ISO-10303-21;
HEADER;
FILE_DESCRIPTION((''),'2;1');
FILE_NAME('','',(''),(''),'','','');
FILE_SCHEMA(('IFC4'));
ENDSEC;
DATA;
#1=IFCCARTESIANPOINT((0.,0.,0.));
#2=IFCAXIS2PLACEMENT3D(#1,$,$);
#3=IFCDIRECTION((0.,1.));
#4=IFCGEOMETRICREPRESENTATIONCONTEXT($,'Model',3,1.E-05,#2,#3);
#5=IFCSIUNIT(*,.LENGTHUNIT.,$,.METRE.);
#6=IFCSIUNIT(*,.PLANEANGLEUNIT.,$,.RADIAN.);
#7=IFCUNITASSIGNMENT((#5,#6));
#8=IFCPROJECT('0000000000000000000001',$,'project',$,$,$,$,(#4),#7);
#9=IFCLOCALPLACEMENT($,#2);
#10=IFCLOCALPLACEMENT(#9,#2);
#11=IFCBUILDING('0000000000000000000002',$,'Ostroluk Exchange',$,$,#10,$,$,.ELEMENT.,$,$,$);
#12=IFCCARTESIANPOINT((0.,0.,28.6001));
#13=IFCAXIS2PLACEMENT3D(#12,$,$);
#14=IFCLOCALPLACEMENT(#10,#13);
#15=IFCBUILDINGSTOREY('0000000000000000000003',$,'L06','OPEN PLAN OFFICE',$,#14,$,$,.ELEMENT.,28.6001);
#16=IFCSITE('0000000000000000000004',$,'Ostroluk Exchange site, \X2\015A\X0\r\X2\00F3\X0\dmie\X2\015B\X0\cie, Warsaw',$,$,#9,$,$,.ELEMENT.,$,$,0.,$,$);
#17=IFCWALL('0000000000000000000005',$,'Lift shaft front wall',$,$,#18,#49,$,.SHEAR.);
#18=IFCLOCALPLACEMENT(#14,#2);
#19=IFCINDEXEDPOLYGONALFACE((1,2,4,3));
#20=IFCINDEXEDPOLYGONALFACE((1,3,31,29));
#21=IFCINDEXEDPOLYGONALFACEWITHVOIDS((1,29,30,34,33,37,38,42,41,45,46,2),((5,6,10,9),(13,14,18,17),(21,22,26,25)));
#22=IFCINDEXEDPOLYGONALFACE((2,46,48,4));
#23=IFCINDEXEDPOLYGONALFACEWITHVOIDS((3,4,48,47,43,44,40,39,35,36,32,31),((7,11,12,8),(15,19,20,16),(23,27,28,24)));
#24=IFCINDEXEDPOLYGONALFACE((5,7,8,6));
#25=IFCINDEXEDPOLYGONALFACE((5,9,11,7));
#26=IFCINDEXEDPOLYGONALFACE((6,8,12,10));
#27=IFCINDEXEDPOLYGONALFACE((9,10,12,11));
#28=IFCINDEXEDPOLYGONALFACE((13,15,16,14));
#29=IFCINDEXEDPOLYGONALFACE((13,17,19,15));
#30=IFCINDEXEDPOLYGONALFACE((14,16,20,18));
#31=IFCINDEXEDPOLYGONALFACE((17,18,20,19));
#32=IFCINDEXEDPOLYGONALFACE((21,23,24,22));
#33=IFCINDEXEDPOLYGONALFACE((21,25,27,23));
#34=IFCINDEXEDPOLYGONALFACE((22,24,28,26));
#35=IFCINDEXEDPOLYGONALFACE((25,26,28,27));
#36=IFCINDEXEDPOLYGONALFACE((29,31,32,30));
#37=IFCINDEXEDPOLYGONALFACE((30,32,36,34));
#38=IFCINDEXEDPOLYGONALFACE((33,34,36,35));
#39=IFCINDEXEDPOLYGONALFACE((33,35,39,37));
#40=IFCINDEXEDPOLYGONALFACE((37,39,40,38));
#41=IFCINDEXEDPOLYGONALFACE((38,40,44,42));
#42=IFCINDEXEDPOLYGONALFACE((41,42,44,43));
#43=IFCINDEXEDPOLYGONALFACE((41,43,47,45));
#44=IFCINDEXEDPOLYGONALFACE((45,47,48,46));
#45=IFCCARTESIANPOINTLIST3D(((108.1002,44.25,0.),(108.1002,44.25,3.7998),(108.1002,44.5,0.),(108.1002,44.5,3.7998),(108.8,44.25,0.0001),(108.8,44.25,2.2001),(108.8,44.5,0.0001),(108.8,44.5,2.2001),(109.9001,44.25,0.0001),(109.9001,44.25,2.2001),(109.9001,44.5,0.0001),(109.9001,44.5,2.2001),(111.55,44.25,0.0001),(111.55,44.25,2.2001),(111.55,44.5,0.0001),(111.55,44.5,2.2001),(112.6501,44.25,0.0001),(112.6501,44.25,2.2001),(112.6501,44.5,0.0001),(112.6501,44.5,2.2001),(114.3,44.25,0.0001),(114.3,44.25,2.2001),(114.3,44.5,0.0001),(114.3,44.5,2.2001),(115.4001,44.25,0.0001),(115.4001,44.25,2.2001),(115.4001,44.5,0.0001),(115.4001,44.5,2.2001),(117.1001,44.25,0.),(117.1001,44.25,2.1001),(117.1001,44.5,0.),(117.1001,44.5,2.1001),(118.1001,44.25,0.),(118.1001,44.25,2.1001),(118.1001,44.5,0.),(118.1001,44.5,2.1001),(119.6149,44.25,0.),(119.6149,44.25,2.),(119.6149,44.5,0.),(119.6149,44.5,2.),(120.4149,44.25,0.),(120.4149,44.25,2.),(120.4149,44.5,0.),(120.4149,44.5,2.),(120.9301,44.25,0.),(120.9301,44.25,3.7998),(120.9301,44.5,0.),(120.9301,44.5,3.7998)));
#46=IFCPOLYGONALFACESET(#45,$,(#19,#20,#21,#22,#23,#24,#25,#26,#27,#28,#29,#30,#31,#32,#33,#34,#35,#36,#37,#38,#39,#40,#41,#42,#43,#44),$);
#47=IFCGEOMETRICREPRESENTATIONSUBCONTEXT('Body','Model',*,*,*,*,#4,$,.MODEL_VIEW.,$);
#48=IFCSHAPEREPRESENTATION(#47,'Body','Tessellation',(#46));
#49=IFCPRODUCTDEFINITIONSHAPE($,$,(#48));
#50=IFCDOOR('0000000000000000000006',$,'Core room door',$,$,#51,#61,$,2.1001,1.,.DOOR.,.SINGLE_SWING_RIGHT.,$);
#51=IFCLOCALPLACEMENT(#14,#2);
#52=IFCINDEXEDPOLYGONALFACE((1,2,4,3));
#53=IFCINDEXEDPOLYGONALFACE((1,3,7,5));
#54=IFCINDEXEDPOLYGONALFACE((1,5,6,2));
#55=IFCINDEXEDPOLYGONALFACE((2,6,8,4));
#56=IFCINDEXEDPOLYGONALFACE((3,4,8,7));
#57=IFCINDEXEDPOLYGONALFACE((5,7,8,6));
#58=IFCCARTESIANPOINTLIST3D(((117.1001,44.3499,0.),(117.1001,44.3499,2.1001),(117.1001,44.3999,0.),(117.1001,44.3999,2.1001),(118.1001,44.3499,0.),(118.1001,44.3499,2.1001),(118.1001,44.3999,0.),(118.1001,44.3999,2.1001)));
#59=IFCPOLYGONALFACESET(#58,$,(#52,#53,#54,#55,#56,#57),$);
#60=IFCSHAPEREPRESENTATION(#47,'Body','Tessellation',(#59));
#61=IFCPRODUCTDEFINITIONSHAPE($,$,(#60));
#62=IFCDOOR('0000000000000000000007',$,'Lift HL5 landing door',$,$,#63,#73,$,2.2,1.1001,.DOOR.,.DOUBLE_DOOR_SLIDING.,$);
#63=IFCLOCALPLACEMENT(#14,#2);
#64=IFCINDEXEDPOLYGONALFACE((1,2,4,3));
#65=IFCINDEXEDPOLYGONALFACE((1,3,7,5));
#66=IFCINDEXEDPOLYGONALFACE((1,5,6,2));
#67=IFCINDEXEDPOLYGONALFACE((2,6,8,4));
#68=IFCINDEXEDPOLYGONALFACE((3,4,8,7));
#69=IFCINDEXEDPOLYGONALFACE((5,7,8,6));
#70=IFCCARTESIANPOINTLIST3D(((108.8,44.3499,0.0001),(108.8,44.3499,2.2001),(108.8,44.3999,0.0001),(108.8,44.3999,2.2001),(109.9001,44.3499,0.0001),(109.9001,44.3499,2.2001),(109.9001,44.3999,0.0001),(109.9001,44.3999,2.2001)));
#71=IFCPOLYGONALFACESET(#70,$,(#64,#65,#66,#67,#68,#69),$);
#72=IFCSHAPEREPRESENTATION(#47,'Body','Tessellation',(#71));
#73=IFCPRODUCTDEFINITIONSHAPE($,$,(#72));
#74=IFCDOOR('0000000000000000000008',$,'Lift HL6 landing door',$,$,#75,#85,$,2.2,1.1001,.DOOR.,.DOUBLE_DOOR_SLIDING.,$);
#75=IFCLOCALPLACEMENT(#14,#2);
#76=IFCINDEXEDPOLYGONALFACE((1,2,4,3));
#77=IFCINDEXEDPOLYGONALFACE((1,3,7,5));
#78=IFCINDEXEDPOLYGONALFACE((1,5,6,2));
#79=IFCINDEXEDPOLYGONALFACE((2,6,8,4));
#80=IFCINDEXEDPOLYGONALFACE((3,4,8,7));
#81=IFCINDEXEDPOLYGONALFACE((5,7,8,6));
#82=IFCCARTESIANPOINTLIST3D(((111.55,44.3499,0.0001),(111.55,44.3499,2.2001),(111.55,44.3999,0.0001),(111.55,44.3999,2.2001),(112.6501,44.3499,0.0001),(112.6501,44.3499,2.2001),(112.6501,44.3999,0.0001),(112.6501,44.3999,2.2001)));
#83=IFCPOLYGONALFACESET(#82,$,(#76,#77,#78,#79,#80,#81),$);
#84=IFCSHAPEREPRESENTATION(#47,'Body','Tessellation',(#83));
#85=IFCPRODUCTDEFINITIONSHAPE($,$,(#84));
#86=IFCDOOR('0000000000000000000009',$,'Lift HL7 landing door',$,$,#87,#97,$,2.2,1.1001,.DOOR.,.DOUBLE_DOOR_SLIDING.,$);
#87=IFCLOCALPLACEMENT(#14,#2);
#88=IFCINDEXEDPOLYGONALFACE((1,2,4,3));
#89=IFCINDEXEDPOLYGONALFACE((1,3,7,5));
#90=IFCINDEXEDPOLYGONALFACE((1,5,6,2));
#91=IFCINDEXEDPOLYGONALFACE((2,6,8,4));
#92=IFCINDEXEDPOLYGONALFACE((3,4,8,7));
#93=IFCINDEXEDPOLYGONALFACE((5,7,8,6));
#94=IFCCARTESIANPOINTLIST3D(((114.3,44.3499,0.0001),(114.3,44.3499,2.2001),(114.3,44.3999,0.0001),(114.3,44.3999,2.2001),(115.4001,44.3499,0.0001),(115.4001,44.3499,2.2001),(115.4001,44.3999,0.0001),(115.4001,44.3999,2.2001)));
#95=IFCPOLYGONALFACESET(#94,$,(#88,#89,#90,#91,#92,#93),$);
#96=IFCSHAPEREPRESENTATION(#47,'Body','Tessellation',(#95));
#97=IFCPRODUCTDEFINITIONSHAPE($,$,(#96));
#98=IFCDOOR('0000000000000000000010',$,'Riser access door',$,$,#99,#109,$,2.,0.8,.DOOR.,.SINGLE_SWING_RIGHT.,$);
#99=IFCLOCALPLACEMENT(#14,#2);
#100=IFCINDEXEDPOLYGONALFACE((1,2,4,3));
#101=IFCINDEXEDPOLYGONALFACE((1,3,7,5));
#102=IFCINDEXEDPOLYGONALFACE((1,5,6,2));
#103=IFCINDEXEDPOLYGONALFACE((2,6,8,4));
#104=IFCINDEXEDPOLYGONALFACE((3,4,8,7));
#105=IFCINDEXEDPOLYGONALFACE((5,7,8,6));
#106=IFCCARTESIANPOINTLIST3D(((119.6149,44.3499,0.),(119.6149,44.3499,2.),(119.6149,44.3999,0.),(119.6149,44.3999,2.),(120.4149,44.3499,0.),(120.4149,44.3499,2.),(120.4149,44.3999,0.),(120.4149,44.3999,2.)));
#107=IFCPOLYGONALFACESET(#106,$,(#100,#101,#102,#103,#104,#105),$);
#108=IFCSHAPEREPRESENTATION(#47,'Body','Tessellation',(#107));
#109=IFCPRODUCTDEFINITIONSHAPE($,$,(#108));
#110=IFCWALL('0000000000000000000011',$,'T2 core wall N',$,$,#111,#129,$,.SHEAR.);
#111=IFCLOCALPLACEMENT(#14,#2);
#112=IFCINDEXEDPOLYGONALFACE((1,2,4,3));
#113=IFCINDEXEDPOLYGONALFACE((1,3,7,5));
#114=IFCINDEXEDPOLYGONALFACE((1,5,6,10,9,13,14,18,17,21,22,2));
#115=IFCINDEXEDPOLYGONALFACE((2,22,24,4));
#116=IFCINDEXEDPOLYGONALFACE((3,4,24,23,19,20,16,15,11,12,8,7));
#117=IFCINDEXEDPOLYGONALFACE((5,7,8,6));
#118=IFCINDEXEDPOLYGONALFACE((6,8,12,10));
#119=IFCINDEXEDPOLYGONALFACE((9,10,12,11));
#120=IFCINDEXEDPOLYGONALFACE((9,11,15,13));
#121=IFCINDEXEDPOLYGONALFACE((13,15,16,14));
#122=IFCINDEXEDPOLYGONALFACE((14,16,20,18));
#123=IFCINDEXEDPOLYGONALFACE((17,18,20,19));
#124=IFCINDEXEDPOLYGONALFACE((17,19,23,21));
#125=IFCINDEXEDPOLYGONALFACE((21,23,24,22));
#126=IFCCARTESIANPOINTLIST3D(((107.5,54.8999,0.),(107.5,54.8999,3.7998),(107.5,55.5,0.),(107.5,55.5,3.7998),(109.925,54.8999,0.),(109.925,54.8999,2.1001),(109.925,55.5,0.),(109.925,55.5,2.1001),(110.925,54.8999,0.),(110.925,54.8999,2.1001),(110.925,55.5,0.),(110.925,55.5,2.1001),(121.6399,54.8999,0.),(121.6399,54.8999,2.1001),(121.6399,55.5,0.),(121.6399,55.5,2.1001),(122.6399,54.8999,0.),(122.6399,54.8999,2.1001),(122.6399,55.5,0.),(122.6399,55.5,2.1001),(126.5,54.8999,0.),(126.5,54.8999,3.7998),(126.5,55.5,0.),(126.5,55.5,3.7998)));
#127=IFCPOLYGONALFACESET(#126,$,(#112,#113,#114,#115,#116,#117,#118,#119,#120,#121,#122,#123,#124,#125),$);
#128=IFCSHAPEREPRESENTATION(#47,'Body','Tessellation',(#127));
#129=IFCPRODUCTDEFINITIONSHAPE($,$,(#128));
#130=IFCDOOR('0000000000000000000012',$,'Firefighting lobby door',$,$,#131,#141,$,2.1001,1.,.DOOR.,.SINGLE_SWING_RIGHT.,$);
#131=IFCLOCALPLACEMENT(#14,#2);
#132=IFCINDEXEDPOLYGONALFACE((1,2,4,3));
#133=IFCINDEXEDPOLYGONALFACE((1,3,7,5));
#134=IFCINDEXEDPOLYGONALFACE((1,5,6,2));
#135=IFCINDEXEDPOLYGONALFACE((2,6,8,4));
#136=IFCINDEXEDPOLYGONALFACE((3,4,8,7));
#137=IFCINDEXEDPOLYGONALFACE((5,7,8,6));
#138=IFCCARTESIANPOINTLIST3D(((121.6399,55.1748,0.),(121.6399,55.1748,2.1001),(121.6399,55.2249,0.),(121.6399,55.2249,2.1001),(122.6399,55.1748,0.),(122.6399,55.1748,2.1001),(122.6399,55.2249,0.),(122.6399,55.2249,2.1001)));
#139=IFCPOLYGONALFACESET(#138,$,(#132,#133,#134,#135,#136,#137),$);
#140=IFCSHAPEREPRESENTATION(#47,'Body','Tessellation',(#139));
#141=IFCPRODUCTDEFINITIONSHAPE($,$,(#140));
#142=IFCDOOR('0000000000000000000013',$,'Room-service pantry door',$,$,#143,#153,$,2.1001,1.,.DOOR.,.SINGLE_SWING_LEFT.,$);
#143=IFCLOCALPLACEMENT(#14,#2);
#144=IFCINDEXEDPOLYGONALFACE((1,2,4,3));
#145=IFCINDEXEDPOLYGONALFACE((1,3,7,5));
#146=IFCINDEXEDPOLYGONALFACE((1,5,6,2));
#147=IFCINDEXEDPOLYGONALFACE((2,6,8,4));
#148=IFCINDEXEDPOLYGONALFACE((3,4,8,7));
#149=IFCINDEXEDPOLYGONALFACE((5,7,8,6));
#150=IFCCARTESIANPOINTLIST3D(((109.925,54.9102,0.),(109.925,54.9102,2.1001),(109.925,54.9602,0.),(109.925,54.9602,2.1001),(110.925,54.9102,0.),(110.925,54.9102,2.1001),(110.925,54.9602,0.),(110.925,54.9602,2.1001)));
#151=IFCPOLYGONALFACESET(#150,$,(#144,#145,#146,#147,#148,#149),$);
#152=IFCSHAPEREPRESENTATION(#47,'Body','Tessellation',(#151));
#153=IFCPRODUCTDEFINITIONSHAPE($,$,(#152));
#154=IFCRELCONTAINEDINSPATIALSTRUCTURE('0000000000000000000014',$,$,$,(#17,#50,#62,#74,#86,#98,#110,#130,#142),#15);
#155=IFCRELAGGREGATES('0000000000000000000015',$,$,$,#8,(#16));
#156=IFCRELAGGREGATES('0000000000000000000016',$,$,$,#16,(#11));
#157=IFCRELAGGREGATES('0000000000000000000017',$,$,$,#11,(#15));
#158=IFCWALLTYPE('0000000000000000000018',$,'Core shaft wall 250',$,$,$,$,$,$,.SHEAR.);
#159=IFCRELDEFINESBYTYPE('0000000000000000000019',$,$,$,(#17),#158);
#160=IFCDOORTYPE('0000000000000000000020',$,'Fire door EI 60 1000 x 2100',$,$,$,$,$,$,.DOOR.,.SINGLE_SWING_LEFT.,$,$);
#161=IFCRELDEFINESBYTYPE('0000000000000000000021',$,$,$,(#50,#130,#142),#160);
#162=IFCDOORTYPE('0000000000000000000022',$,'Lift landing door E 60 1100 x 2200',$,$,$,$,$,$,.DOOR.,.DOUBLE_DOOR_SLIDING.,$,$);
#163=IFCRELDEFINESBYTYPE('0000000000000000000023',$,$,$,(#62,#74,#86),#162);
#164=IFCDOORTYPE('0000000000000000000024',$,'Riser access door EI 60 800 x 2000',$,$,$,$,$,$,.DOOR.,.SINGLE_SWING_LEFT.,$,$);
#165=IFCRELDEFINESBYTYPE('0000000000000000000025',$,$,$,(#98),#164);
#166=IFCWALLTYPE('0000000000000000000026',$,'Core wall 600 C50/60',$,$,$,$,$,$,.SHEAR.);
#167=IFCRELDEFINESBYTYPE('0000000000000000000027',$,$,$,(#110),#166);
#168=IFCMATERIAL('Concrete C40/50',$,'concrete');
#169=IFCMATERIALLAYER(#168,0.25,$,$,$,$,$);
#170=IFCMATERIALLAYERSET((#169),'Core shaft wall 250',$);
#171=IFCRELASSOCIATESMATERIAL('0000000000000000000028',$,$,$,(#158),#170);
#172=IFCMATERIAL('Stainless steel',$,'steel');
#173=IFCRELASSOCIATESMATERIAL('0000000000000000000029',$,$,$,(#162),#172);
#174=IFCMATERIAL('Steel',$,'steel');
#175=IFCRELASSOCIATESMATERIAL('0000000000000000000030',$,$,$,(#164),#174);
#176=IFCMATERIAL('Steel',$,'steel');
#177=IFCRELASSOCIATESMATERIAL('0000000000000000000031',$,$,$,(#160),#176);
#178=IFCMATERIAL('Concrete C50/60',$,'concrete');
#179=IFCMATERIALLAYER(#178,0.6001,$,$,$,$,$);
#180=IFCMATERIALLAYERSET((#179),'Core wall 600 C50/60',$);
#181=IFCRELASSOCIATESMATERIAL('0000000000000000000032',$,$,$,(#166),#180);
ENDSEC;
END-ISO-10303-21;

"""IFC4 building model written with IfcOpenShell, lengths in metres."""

from ifc_helpers import new_model, si_unit, direction, frame, frame_2d, origin, place, context, subcontext, project, spatial, rectangle, extrude, material, layer, layer_set, type_object, element, fill, save


model = new_model("IFC4")

# Units and contexts
model_context = context("Model", 3, precision=1e-05, world=origin(), true_north=direction((0.0, 1.0)))
body_context = subcontext(model_context, "Body", "Model", "MODEL_VIEW")
ifc_project = project(units=[si_unit("LENGTHUNIT", "METRE"), si_unit("PLANEANGLEUNIT", "RADIAN")], contexts=[model_context])

# Site, building, storey
site_placement = place(None, origin())
site = spatial("IfcSite", under=ifc_project, at=site_placement, Name="Ostroluk Exchange site, Śródmieście, Warsaw", CompositionType="ELEMENT", RefElevation=0.0)
building_placement = place(site_placement, origin())
building = spatial("IfcBuilding", under=site, at=building_placement, Name="Ostroluk Exchange", CompositionType="ELEMENT")
storey_placement = place(building_placement, frame((0.0, 0.0, 28.6001)))
storey = spatial("IfcBuildingStorey", under=building, at=storey_placement, Name="L06", Description="OPEN PLAN OFFICE", CompositionType="ELEMENT", Elevation=28.6001)

# Walls, openings, doors
ifc_material_1 = material(Name="Concrete C40/50", Category="concrete")
ifc_layer_1 = layer(ifc_material_1, 0.25)
ifc_layer_set_1 = layer_set([ifc_layer_1], Name="Core shaft wall 250")
wall_type_1 = type_object("IfcWallType", Name="Core shaft wall 250", PredefinedType="SHEAR", material=ifc_layer_set_1)
ifc_material_2 = material(Name="Stainless steel", Category="steel")
door_type_1 = type_object("IfcDoorType", Name="Lift landing door E 60 1100 x 2200", OperationType="DOUBLE_DOOR_SLIDING", PredefinedType="DOOR", material=ifc_material_2)
ifc_material_3 = material(Name="Steel", Category="steel")
door_type_2 = type_object("IfcDoorType", Name="Riser access door EI 60 800 x 2000", OperationType="SINGLE_SWING_LEFT", PredefinedType="DOOR", material=ifc_material_3)
wall_1_placement = place(storey_placement, frame((108.1001, 44.375, 0.0), z_axis=(0.0, 0.0, 1.0), x_axis=(1.0, 0.0, 0.0)))
wall_1 = element("IfcWall", 1, at=wall_1_placement, inside=storey, type_object=wall_type_1, Name="Lift shaft front wall", PredefinedType="SHEAR", context=body_context, shape_type="SweptSolid", body=[
    extrude(rectangle(XDim=12.8298, YDim=0.25, at=frame_2d((6.415, 0.0))), origin(), (0.0, 0.0, 1.0), 3.7998),
])
opening_1_placement = place(wall_1_placement, frame((0.7, 0.0, 0.0)))
opening_1 = element("IfcOpeningElement", 2, at=opening_1_placement, cuts=wall_1, PredefinedType="OPENING", context=body_context, shape_type="SweptSolid", body=[
    extrude(rectangle(XDim=1.1001, YDim=2.2, at=frame_2d((0.55, 1.1001))), frame((0.0, 0.135, 0.0), z_axis=(0.0, -1.0, 0.0), x_axis=(1.0, 0.0, 0.0)), (0.0, 0.0, 1.0), 0.27),
])
opening_2_placement = place(wall_1_placement, frame((3.45, 0.0, 0.0)))
opening_2 = element("IfcOpeningElement", 3, at=opening_2_placement, cuts=wall_1, PredefinedType="OPENING", context=body_context, shape_type="SweptSolid", body=[
    extrude(rectangle(XDim=1.1001, YDim=2.2, at=frame_2d((0.55, 1.1001))), frame((0.0, 0.135, 0.0), z_axis=(0.0, -1.0, 0.0), x_axis=(1.0, 0.0, 0.0)), (0.0, 0.0, 1.0), 0.27),
])
opening_3_placement = place(wall_1_placement, frame((6.2, 0.0, 0.0)))
opening_3 = element("IfcOpeningElement", 4, at=opening_3_placement, cuts=wall_1, PredefinedType="OPENING", context=body_context, shape_type="SweptSolid", body=[
    extrude(rectangle(XDim=1.1001, YDim=2.2, at=frame_2d((0.55, 1.1001))), frame((0.0, 0.135, 0.0), z_axis=(0.0, -1.0, 0.0), x_axis=(1.0, 0.0, 0.0)), (0.0, 0.0, 1.0), 0.27),
])
opening_4_placement = place(wall_1_placement, frame((9.0, 0.0, 0.0)))
opening_4 = element("IfcOpeningElement", 5, at=opening_4_placement, cuts=wall_1, PredefinedType="OPENING", context=body_context, shape_type="SweptSolid", body=[
    extrude(rectangle(XDim=1.0, YDim=2.1001, at=frame_2d((0.5, 1.05))), frame((0.0, 0.135, 0.0), z_axis=(0.0, -1.0, 0.0), x_axis=(1.0, 0.0, 0.0)), (0.0, 0.0, 1.0), 0.27),
])
opening_5_placement = place(wall_1_placement, frame((11.5149, 0.0, 0.0)))
opening_5 = element("IfcOpeningElement", 6, at=opening_5_placement, cuts=wall_1, PredefinedType="OPENING", context=body_context, shape_type="SweptSolid", body=[
    extrude(rectangle(XDim=0.8, YDim=2.0, at=frame_2d((0.3999, 1.0))), frame((0.0, 0.135, 0.0), z_axis=(0.0, -1.0, 0.0), x_axis=(1.0, 0.0, 0.0)), (0.0, 0.0, 1.0), 0.27),
])
ifc_material_4 = material(Name="Steel", Category="steel")
door_type_3 = type_object("IfcDoorType", Name="Fire door EI 60 1000 x 2100", OperationType="SINGLE_SWING_LEFT", PredefinedType="DOOR", material=ifc_material_4)
door_1_placement = place(opening_4_placement, origin())
door_1 = element("IfcDoor", 7, at=door_1_placement, inside=storey, type_object=door_type_3, Name="Core room door", OperationType="SINGLE_SWING_RIGHT", OverallHeight=2.1001, OverallWidth=1.0, PredefinedType="DOOR", context=body_context, shape_type="SweptSolid", body=[
    extrude(rectangle(XDim=1.0, YDim=2.1001, at=frame_2d((0.5, 1.05))), frame((0.0, 0.0249, 0.0), z_axis=(0.0, -1.0, 0.0), x_axis=(1.0, 0.0, 0.0)), (0.0, 0.0, 1.0), 0.05),
])
fill(opening_4, door_1)
door_2_placement = place(opening_1_placement, origin())
door_2 = element("IfcDoor", 8, at=door_2_placement, inside=storey, type_object=door_type_1, Name="Lift HL5 landing door", OperationType="DOUBLE_DOOR_SLIDING", OverallHeight=2.2, OverallWidth=1.1001, PredefinedType="DOOR", context=body_context, shape_type="SweptSolid", body=[
    extrude(rectangle(XDim=1.1001, YDim=2.2, at=frame_2d((0.55, 1.1001))), frame((0.0, 0.0249, 0.0), z_axis=(0.0, -1.0, 0.0), x_axis=(1.0, 0.0, 0.0)), (0.0, 0.0, 1.0), 0.05),
])
fill(opening_1, door_2)
door_3_placement = place(opening_2_placement, origin())
door_3 = element("IfcDoor", 9, at=door_3_placement, inside=storey, type_object=door_type_1, Name="Lift HL6 landing door", OperationType="DOUBLE_DOOR_SLIDING", OverallHeight=2.2, OverallWidth=1.1001, PredefinedType="DOOR", context=body_context, shape_type="SweptSolid", body=[
    extrude(rectangle(XDim=1.1001, YDim=2.2, at=frame_2d((0.55, 1.1001))), frame((0.0, 0.0249, 0.0), z_axis=(0.0, -1.0, 0.0), x_axis=(1.0, 0.0, 0.0)), (0.0, 0.0, 1.0), 0.05),
])
fill(opening_2, door_3)
door_4_placement = place(opening_3_placement, origin())
door_4 = element("IfcDoor", 10, at=door_4_placement, inside=storey, type_object=door_type_1, Name="Lift HL7 landing door", OperationType="DOUBLE_DOOR_SLIDING", OverallHeight=2.2, OverallWidth=1.1001, PredefinedType="DOOR", context=body_context, shape_type="SweptSolid", body=[
    extrude(rectangle(XDim=1.1001, YDim=2.2, at=frame_2d((0.55, 1.1001))), frame((0.0, 0.0249, 0.0), z_axis=(0.0, -1.0, 0.0), x_axis=(1.0, 0.0, 0.0)), (0.0, 0.0, 1.0), 0.05),
])
fill(opening_3, door_4)
door_5_placement = place(opening_5_placement, origin())
door_5 = element("IfcDoor", 11, at=door_5_placement, inside=storey, type_object=door_type_2, Name="Riser access door", OperationType="SINGLE_SWING_RIGHT", OverallHeight=2.0, OverallWidth=0.8, PredefinedType="DOOR", context=body_context, shape_type="SweptSolid", body=[
    extrude(rectangle(XDim=0.8, YDim=2.0, at=frame_2d((0.3999, 1.0))), frame((0.0, 0.0249, 0.0), z_axis=(0.0, -1.0, 0.0), x_axis=(1.0, 0.0, 0.0)), (0.0, 0.0, 1.0), 0.05),
])
fill(opening_5, door_5)
ifc_material_5 = material(Name="Concrete C50/60", Category="concrete")
ifc_layer_2 = layer(ifc_material_5, 0.6001)
ifc_layer_set_2 = layer_set([ifc_layer_2], Name="Core wall 600 C50/60")
wall_type_2 = type_object("IfcWallType", Name="Core wall 600 C50/60", PredefinedType="SHEAR", material=ifc_layer_set_2)
wall_2_placement = place(storey_placement, frame((107.5, 55.2, 0.0), z_axis=(0.0, 0.0, 1.0), x_axis=(1.0, 0.0, 0.0)))
wall_2 = element("IfcWall", 12, at=wall_2_placement, inside=storey, type_object=wall_type_2, Name="T2 core wall N", PredefinedType="SHEAR", context=body_context, shape_type="SweptSolid", body=[
    extrude(rectangle(XDim=19.0, YDim=0.6001, at=frame_2d((9.5, 0.0))), origin(), (0.0, 0.0, 1.0), 3.7998),
])
opening_6_placement = place(wall_2_placement, frame((14.1399, 0.0, 0.0)))
opening_6 = element("IfcOpeningElement", 13, at=opening_6_placement, cuts=wall_2, PredefinedType="OPENING", context=body_context, shape_type="SweptSolid", body=[
    extrude(rectangle(XDim=1.0, YDim=2.1001, at=frame_2d((0.5, 1.05))), frame((0.0, 0.3101, 0.0), z_axis=(0.0, -1.0, 0.0), x_axis=(1.0, 0.0, 0.0)), (0.0, 0.0, 1.0), 0.6201),
])
opening_7_placement = place(wall_2_placement, frame((2.425, 0.0, 0.0)))
opening_7 = element("IfcOpeningElement", 14, at=opening_7_placement, cuts=wall_2, PredefinedType="OPENING", context=body_context, shape_type="SweptSolid", body=[
    extrude(rectangle(XDim=1.0, YDim=2.1001, at=frame_2d((0.5, 1.05))), frame((0.0, 0.3101, 0.0), z_axis=(0.0, -1.0, 0.0), x_axis=(1.0, 0.0, 0.0)), (0.0, 0.0, 1.0), 0.6201),
])
door_6_placement = place(opening_6_placement, origin())
door_6 = element("IfcDoor", 15, at=door_6_placement, inside=storey, type_object=door_type_3, Name="Firefighting lobby door", OperationType="SINGLE_SWING_RIGHT", OverallHeight=2.1001, OverallWidth=1.0, PredefinedType="DOOR", context=body_context, shape_type="SweptSolid", body=[
    extrude(rectangle(XDim=1.0, YDim=2.1001, at=frame_2d((0.5, 1.05))), frame((0.0, 0.0249, 0.0), z_axis=(0.0, -1.0, 0.0), x_axis=(1.0, 0.0, 0.0)), (0.0, 0.0, 1.0), 0.05),
])
fill(opening_6, door_6)
door_7_placement = place(opening_7_placement, origin())
door_7 = element("IfcDoor", 16, at=door_7_placement, inside=storey, type_object=door_type_3, Name="Room-service pantry door", OperationType="SINGLE_SWING_LEFT", OverallHeight=2.1001, OverallWidth=1.0, PredefinedType="DOOR", context=body_context, shape_type="SweptSolid", body=[
    extrude(rectangle(XDim=1.0, YDim=2.1001, at=frame_2d((0.5, 1.05))), frame((0.0, -0.2397, 0.0), z_axis=(0.0, -1.0, 0.0), x_axis=(1.0, 0.0, 0.0)), (0.0, 0.0, 1.0), 0.05),
])
fill(opening_7, door_7)

save(model, "model.ifc")
